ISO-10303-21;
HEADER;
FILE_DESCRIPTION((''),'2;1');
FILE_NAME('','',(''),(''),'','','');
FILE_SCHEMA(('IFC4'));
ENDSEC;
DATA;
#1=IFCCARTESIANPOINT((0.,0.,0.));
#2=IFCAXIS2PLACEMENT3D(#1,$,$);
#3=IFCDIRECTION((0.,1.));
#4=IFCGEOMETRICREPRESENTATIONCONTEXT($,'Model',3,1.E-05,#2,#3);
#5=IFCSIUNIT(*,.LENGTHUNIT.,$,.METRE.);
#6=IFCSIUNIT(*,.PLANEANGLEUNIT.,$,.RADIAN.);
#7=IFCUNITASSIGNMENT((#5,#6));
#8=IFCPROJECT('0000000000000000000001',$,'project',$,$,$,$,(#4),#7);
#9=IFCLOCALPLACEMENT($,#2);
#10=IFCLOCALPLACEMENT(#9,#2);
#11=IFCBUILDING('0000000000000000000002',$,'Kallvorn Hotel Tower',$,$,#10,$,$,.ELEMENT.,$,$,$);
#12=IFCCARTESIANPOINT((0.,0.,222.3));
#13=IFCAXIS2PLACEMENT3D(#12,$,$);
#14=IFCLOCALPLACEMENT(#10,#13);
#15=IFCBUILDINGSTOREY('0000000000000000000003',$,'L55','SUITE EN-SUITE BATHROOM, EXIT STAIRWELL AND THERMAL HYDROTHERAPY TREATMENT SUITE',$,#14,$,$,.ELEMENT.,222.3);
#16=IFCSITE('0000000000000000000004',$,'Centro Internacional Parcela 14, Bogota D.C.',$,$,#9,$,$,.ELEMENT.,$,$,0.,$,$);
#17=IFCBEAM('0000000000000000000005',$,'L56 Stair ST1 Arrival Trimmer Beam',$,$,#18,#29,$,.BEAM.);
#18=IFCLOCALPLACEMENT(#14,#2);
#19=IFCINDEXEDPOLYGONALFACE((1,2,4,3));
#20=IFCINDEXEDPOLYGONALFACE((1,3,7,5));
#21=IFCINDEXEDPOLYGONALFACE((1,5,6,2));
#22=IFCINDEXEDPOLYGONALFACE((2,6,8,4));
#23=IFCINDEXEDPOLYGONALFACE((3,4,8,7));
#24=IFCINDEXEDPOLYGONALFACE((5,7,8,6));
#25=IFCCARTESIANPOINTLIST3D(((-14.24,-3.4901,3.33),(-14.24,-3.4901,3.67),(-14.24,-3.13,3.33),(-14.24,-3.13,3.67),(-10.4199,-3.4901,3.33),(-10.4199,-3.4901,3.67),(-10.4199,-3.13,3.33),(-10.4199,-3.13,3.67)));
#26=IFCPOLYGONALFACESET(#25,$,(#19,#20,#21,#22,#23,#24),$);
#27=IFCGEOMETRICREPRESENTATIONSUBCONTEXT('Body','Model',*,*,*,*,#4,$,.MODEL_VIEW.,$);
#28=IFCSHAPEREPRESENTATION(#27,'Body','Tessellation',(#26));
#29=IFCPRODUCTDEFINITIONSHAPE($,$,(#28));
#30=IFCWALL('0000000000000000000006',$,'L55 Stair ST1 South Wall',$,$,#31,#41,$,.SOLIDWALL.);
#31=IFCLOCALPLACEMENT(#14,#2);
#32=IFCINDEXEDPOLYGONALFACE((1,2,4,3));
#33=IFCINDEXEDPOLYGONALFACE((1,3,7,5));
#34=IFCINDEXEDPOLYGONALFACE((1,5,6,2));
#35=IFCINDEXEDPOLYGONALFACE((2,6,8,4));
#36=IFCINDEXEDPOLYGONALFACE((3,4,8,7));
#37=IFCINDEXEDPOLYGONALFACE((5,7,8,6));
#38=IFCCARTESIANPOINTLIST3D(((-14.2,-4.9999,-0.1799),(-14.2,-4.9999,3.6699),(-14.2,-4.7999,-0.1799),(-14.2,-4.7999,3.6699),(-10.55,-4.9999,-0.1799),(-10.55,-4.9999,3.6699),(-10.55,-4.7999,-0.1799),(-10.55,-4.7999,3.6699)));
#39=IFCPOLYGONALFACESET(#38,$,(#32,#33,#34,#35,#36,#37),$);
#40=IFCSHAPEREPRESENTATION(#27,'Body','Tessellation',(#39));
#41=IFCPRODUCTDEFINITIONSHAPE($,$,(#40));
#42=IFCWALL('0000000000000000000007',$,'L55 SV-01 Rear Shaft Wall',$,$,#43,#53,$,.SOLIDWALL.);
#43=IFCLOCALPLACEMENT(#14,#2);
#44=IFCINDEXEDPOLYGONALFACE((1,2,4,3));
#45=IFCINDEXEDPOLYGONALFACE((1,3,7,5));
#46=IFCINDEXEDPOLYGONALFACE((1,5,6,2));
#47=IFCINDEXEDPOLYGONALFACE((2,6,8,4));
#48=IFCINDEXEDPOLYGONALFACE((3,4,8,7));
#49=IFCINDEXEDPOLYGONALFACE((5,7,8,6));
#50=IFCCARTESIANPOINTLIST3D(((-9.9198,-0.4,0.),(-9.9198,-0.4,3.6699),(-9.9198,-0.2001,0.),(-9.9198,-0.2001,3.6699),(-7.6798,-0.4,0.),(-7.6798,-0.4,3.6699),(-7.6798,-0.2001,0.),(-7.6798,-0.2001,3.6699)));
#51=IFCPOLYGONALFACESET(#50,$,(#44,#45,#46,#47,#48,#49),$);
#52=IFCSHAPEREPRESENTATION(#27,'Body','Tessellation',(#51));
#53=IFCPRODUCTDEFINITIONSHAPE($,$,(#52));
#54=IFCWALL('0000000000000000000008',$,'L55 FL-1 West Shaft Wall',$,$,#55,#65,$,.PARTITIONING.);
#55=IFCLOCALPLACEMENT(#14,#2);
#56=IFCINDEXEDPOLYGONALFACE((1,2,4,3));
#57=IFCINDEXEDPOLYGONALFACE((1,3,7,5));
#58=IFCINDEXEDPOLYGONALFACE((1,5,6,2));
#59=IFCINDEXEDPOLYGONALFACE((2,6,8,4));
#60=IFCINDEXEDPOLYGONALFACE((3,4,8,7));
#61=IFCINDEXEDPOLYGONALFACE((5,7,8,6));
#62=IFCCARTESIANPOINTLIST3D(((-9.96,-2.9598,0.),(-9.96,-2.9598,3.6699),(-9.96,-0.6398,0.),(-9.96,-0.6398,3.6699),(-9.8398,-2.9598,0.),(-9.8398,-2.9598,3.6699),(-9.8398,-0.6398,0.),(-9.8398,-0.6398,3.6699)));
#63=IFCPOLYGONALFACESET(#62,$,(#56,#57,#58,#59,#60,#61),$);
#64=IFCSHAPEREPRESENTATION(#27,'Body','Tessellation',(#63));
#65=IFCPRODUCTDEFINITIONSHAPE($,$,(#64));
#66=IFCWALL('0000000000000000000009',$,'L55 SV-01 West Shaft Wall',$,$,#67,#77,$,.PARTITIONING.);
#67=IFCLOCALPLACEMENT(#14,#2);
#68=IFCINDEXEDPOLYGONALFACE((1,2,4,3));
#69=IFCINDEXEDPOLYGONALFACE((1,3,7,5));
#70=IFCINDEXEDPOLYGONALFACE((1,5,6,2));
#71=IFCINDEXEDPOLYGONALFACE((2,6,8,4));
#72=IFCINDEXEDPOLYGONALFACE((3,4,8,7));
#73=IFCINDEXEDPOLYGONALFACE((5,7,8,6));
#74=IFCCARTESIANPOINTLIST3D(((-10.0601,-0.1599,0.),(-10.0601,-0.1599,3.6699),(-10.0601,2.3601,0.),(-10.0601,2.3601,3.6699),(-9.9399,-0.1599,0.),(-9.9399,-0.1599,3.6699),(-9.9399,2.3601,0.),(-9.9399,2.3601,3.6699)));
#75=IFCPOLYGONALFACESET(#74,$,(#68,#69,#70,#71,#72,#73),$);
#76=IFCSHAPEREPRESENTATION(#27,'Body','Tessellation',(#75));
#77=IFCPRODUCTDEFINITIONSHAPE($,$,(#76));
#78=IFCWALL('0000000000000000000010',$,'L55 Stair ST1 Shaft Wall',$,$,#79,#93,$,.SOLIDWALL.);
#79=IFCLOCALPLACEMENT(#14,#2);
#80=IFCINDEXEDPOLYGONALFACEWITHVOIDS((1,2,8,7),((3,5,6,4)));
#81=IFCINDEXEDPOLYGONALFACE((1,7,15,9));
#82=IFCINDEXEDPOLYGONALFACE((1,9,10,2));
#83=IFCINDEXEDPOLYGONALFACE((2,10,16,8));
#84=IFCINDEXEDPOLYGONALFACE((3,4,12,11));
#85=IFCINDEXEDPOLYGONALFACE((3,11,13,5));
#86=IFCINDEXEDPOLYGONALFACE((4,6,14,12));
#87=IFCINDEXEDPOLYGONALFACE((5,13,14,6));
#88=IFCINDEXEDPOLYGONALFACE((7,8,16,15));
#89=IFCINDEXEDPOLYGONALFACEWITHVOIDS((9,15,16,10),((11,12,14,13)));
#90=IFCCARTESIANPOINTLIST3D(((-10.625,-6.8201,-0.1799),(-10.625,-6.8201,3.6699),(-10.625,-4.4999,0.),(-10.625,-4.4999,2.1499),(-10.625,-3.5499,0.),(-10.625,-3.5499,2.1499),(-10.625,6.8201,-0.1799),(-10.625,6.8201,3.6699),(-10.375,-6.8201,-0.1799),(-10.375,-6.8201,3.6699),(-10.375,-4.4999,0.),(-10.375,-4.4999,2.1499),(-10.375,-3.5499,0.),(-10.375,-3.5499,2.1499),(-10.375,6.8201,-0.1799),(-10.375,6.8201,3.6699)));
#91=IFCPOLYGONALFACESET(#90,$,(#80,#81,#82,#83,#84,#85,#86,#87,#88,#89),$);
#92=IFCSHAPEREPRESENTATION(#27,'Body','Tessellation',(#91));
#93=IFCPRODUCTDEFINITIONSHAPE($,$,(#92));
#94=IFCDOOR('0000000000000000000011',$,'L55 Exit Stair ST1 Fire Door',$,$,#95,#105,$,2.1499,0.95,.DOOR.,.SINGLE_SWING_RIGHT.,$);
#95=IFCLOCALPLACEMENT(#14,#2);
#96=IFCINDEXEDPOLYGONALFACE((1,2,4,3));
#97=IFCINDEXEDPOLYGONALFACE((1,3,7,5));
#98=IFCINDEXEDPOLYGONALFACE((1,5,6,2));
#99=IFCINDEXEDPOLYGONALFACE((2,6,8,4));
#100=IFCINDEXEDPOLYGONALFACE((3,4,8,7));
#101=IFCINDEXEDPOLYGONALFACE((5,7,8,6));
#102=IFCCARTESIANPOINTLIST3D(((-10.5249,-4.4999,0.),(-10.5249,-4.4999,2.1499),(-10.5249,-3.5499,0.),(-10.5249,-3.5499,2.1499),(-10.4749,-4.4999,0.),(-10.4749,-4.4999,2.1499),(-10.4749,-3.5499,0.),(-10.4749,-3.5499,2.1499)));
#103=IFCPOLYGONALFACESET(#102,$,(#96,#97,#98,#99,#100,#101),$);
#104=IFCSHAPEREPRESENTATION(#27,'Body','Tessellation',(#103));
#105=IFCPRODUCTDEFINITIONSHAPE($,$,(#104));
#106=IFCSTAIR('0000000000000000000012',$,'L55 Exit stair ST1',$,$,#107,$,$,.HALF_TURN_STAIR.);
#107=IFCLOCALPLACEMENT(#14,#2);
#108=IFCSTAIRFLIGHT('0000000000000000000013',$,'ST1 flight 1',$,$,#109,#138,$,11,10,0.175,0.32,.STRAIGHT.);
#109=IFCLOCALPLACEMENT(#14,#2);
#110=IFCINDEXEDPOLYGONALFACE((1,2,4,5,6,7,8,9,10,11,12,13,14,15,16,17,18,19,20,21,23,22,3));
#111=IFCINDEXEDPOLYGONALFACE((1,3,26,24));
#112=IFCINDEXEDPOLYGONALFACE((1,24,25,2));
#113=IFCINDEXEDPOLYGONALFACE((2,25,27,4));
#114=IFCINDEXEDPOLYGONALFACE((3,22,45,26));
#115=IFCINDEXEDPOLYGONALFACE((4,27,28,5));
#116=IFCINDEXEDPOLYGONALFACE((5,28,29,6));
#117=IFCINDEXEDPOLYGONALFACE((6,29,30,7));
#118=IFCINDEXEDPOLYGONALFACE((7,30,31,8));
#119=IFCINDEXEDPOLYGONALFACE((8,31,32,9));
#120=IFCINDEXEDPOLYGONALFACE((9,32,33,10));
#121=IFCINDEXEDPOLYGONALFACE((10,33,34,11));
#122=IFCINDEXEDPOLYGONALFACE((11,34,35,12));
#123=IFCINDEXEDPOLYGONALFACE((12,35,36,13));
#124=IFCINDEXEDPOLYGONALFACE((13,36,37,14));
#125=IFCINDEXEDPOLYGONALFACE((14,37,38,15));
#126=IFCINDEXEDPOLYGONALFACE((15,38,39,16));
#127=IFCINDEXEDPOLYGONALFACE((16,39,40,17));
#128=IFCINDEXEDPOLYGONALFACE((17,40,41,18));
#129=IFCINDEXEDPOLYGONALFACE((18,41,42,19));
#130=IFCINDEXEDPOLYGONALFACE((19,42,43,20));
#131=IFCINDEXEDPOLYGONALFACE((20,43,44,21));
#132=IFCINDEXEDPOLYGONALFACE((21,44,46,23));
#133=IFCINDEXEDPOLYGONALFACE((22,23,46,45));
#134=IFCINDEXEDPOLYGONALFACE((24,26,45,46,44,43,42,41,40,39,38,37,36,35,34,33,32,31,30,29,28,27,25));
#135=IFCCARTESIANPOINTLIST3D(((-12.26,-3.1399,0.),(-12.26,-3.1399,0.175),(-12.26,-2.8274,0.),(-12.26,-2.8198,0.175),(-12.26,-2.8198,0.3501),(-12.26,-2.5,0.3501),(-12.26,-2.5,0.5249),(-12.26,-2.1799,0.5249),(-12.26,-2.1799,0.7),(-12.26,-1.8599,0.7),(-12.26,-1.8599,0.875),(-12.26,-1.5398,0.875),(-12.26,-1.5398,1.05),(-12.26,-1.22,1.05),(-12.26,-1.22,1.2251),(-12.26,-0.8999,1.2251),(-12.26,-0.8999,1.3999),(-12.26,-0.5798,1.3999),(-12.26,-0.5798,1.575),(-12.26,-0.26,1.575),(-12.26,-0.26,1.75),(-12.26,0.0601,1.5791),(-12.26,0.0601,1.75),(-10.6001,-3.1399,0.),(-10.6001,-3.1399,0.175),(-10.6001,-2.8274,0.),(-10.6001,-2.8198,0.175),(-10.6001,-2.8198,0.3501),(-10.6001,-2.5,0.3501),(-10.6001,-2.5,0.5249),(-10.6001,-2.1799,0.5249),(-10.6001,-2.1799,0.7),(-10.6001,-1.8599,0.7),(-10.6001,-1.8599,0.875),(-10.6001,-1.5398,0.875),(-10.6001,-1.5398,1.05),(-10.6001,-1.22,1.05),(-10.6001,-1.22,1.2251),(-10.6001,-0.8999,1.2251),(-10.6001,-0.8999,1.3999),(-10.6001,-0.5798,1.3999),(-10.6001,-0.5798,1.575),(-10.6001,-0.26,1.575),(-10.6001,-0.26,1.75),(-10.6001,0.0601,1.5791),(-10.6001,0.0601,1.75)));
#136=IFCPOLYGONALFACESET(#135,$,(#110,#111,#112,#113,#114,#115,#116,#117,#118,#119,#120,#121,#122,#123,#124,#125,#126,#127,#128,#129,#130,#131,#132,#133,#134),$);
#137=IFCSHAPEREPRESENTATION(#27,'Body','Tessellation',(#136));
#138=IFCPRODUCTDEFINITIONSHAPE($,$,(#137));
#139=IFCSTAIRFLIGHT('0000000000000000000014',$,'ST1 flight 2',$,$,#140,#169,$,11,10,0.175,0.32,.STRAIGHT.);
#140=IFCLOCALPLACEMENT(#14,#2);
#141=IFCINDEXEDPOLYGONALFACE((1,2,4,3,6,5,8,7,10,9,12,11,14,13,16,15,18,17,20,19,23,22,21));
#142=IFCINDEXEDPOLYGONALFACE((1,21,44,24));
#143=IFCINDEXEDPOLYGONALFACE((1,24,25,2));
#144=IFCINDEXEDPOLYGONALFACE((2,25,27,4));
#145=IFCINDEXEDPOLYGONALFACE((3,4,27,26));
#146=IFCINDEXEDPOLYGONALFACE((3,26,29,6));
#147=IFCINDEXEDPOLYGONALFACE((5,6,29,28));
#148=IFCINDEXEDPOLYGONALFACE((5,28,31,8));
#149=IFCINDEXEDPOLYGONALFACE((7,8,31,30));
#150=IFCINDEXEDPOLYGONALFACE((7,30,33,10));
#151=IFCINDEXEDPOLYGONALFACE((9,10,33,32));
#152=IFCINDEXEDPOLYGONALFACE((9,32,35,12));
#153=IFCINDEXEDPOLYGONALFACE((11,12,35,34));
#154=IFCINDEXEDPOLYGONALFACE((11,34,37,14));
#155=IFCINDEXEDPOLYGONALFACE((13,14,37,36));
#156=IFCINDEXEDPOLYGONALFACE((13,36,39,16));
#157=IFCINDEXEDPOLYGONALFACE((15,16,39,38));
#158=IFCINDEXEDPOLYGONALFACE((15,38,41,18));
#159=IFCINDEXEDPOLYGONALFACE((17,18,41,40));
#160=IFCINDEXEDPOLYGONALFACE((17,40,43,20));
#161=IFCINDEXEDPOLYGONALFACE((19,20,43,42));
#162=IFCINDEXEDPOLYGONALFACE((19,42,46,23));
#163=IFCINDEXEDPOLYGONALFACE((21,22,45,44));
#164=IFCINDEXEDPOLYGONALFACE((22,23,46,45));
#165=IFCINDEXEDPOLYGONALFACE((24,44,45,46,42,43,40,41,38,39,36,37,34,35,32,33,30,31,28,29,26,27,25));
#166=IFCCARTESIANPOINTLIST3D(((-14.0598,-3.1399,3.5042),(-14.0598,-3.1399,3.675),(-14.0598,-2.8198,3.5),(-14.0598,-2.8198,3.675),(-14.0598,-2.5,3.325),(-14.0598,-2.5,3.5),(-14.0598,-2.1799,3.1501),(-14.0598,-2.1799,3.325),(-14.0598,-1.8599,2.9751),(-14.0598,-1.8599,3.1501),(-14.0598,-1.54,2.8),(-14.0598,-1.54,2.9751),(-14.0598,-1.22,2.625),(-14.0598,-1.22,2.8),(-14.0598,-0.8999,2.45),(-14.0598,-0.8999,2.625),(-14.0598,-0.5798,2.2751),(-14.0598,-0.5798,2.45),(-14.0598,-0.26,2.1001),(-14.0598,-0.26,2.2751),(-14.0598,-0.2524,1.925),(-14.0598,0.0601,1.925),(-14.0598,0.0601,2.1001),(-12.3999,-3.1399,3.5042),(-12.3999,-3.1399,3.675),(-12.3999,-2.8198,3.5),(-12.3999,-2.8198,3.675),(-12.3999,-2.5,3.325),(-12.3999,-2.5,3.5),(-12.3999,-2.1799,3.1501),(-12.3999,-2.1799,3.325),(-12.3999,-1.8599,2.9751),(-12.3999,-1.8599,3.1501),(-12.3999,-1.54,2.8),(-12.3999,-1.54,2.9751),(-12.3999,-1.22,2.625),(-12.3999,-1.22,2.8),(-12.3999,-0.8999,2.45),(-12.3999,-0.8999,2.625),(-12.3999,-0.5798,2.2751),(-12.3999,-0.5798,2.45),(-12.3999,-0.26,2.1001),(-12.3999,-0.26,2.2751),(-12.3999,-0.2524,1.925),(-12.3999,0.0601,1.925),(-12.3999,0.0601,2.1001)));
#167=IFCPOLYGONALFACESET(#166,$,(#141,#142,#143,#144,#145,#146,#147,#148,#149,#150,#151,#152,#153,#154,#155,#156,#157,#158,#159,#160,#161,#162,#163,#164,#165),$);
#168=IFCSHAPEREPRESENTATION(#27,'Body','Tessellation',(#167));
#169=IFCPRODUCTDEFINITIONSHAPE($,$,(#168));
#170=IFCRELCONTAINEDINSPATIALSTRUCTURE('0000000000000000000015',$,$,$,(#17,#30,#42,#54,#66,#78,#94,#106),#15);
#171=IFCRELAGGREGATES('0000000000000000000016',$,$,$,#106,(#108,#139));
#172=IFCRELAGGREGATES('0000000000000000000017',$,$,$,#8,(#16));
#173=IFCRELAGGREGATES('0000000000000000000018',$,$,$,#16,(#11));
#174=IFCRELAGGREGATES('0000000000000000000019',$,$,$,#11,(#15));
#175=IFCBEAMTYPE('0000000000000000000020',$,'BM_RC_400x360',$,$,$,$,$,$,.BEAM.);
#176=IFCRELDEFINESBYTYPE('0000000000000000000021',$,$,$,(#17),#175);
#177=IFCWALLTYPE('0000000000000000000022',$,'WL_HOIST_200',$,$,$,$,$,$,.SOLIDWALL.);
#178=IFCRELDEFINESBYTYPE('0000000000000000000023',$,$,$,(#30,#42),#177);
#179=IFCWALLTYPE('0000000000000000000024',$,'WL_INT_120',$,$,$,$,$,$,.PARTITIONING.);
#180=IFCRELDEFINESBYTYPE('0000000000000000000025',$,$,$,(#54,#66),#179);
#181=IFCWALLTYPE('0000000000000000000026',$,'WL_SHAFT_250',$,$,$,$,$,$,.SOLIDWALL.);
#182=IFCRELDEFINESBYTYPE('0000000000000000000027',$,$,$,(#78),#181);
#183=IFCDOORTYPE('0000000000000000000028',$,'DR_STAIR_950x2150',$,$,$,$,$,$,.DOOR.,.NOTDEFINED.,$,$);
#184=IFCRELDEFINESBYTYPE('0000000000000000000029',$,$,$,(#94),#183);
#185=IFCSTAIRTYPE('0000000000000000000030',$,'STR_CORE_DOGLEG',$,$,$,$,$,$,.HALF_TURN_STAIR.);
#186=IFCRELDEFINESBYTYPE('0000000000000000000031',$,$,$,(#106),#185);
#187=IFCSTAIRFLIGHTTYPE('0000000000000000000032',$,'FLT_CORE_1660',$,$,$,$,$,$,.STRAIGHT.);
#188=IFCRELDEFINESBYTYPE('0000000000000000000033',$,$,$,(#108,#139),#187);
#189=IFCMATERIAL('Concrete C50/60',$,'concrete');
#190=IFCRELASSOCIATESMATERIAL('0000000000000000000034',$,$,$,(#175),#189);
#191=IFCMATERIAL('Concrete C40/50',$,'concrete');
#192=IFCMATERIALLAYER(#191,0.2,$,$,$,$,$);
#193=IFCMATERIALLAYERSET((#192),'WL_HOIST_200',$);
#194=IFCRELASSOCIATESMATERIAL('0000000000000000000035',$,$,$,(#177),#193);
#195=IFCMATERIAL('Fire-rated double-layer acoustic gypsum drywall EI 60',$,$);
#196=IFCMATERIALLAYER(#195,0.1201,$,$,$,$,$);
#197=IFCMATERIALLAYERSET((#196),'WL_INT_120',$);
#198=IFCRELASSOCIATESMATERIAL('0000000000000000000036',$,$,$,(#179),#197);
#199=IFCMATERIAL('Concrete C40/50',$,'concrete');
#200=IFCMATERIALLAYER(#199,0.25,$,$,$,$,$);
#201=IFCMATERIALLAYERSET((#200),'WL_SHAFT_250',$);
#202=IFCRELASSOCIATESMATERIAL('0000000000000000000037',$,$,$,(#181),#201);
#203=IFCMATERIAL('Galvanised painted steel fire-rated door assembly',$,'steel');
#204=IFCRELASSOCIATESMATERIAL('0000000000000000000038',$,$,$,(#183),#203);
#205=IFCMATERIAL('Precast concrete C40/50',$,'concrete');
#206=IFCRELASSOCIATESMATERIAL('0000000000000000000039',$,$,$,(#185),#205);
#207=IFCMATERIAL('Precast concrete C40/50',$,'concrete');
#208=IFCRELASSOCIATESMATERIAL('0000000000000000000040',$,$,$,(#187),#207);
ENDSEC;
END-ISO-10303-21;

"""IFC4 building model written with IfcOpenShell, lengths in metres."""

from ifc_helpers import new_model, si_unit, direction, frame, frame_2d, origin, origin_2d, place, context, subcontext, project, spatial, polyline, rectangle, outline, extrude, material, layer, layer_set, material_profile, profile_set, type_object, element, fill, aggregate, save


model = new_model("IFC4")

# Units and contexts
model_context = context("Model", 3, precision=1e-05, world=origin(), true_north=direction((0.0, 1.0)))
body_context = subcontext(model_context, "Body", "Model", "MODEL_VIEW")
ifc_project = project(units=[si_unit("LENGTHUNIT", "METRE"), si_unit("PLANEANGLEUNIT", "RADIAN")], contexts=[model_context])

# Site, building, storey
site_placement = place(None, origin())
site = spatial("IfcSite", under=ifc_project, at=site_placement, Name="Centro Internacional Parcela 14, Bogota D.C.", CompositionType="ELEMENT", RefElevation=0.0)
building_placement = place(site_placement, origin())
building = spatial("IfcBuilding", under=site, at=building_placement, Name="Kallvorn Hotel Tower", CompositionType="ELEMENT")
storey_placement = place(building_placement, frame((0.0, 0.0, 222.3)))
storey = spatial("IfcBuildingStorey", under=building, at=storey_placement, Name="L55", Description="SUITE EN-SUITE BATHROOM, EXIT STAIRWELL AND THERMAL HYDROTHERAPY TREATMENT SUITE", CompositionType="ELEMENT", Elevation=222.3)

# Beam
ifc_material_1 = material(Name="Concrete C50/60", Category="concrete")
ifc_material_profile = material_profile(ifc_material_1, rectangle(XDim=0.3601, YDim=0.3401, at=origin_2d()), Name="RC 360x340")
ifc_profile_set = profile_set([ifc_material_profile], Name="Concrete C50/60")
beam_type = type_object("IfcBeamType", Name="BM_RC_400x360", PredefinedType="BEAM", material=ifc_profile_set)
beam_placement = place(storey_placement, frame((-10.4199, -3.3101, 3.5), z_axis=(-1.0, 0.0, 0.0), x_axis=(0.0, -1.0, 0.0)))
element("IfcBeam", 1, at=beam_placement, inside=storey, type_object=beam_type, Name="L56 Stair ST1 Arrival Trimmer Beam", PredefinedType="BEAM", context=body_context, shape_type="SweptSolid", body=[
    extrude(rectangle(XDim=0.3601, YDim=0.3401, at=origin_2d()), origin(), (0.0, 0.0, 1.0), 3.8201),
])

# Walls
ifc_material_2 = material(Name="Concrete C40/50", Category="concrete")
ifc_layer_1 = layer(ifc_material_2, 0.2)
ifc_layer_set_1 = layer_set([ifc_layer_1], Name="WL_HOIST_200")
wall_type_1 = type_object("IfcWallType", Name="WL_HOIST_200", PredefinedType="SOLIDWALL", material=ifc_layer_set_1)
wall_1_placement = place(storey_placement, frame((-14.2, -4.8999, -0.1799), z_axis=(0.0, 0.0, 1.0), x_axis=(1.0, 0.0, 0.0)))
element("IfcWall", 2, at=wall_1_placement, inside=storey, type_object=wall_type_1, Name="L55 Stair ST1 South Wall", PredefinedType="SOLIDWALL", context=body_context, shape_type="SweptSolid", body=[
    extrude(rectangle(XDim=3.6499, YDim=0.2, at=frame_2d((1.825, 0.0))), origin(), (0.0, 0.0, 1.0), 3.8499),
])
wall_2_placement = place(storey_placement, frame((-9.9199, -0.3, 0.0), z_axis=(0.0, 0.0, 1.0), x_axis=(1.0, 0.0, 0.0)))
element("IfcWall", 3, at=wall_2_placement, inside=storey, type_object=wall_type_1, Name="L55 SV-01 Rear Shaft Wall", PredefinedType="SOLIDWALL", context=body_context, shape_type="SweptSolid", body=[
    extrude(rectangle(XDim=2.24, YDim=0.2, at=frame_2d((1.1201, 0.0))), origin(), (0.0, 0.0, 1.0), 3.6699),
])
ifc_material_3 = material(Name="Fire-rated double-layer acoustic gypsum drywall EI 60")
ifc_layer_2 = layer(ifc_material_3, 0.1201)
ifc_layer_set_2 = layer_set([ifc_layer_2], Name="WL_INT_120")
wall_type_2 = type_object("IfcWallType", Name="WL_INT_120", PredefinedType="PARTITIONING", material=ifc_layer_set_2)
wall_3_placement = place(storey_placement, frame((-9.8999, -2.96, 0.0), z_axis=(0.0, 0.0, 1.0), x_axis=(0.0, 1.0, 0.0)))
element("IfcWall", 4, at=wall_3_placement, inside=storey, type_object=wall_type_2, Name="L55 FL-1 West Shaft Wall", PredefinedType="PARTITIONING", context=body_context, shape_type="SweptSolid", body=[
    extrude(rectangle(XDim=2.3201, YDim=0.1201, at=frame_2d((1.1602, 0.0))), origin(), (0.0, 0.0, 1.0), 3.6699),
])
wall_4_placement = place(storey_placement, frame((-10.0, -0.1599, 0.0), z_axis=(0.0, 0.0, 1.0), x_axis=(0.0, 1.0, 0.0)))
element("IfcWall", 5, at=wall_4_placement, inside=storey, type_object=wall_type_2, Name="L55 SV-01 West Shaft Wall", PredefinedType="PARTITIONING", context=body_context, shape_type="SweptSolid", body=[
    extrude(rectangle(XDim=2.52, YDim=0.1201, at=frame_2d((1.26, 0.0))), origin(), (0.0, 0.0, 1.0), 3.6699),
])

# Wall, opening, door
ifc_material_4 = material(Name="Concrete C40/50", Category="concrete")
ifc_layer_3 = layer(ifc_material_4, 0.25)
ifc_layer_set_3 = layer_set([ifc_layer_3], Name="WL_SHAFT_250")
wall_type_3 = type_object("IfcWallType", Name="WL_SHAFT_250", PredefinedType="SOLIDWALL", material=ifc_layer_set_3)
wall_5_placement = place(storey_placement, frame((-10.5, -6.8201, -0.1799), z_axis=(0.0, 0.0, 1.0), x_axis=(0.0, 1.0, 0.0)))
wall_5 = element("IfcWall", 6, at=wall_5_placement, inside=storey, type_object=wall_type_3, Name="L55 Stair ST1 Shaft Wall", PredefinedType="SOLIDWALL", context=body_context, shape_type="SweptSolid", body=[
    extrude(rectangle(XDim=13.6401, YDim=0.25, at=frame_2d((6.8201, 0.0))), origin(), (0.0, 0.0, 1.0), 3.8499),
])
opening_1_placement = place(wall_5_placement, frame((2.3201, 0.0, 0.1799)))
opening_1 = element("IfcOpeningElement", 7, at=opening_1_placement, cuts=wall_5, PredefinedType="OPENING", context=body_context, shape_type="SweptSolid", body=[
    extrude(rectangle(XDim=0.95, YDim=2.1499, at=frame_2d((0.4751, 1.075))), frame((0.0, 0.1399, 0.0), z_axis=(0.0, -1.0, 0.0), x_axis=(1.0, 0.0, 0.0)), (0.0, 0.0, 1.0), 0.28),
])
ifc_material_5 = material(Name="Galvanised painted steel fire-rated door assembly", Category="steel")
door_type_1 = type_object("IfcDoorType", Name="DR_STAIR_950x2150", OperationType="NOTDEFINED", PredefinedType="DOOR", material=ifc_material_5)
door_1_placement = place(opening_1_placement, origin())
door_1 = element("IfcDoor", 8, at=door_1_placement, inside=storey, type_object=door_type_1, Name="L55 Exit Stair ST1 Fire Door", OperationType="SINGLE_SWING_RIGHT", OverallHeight=2.1499, OverallWidth=0.95, PredefinedType="DOOR", context=body_context, shape_type="SweptSolid", body=[
    extrude(rectangle(XDim=0.95, YDim=2.1499, at=frame_2d((0.4751, 1.075))), frame((0.0, 0.0249, 0.0), z_axis=(0.0, -1.0, 0.0), x_axis=(1.0, 0.0, 0.0)), (0.0, 0.0, 1.0), 0.05),
])
fill(opening_1, door_1)

# Stair, stair flights
ifc_material_6 = material(Name="Precast concrete C40/50", Category="concrete")
stair_type = type_object("IfcStairType", Name="STR_CORE_DOGLEG", PredefinedType="HALF_TURN_STAIR", material=ifc_material_6)
stair_placement = place(storey_placement, origin())
stair = element("IfcStair", 9, at=stair_placement, inside=storey, type_object=stair_type, Name="L55 Exit stair ST1", PredefinedType="HALF_TURN_STAIR")
ifc_material_7 = material(Name="Precast concrete C40/50", Category="concrete")
stair_flight_type = type_object("IfcStairFlightType", Name="FLT_CORE_1660", PredefinedType="STRAIGHT", material=ifc_material_7)
stair_flight_1_placement = place(storey_placement, frame((-11.4299, -3.1399, 0.0), z_axis=(0.0, 0.0, 1.0), x_axis=(0.0, 1.0, 0.0)))
stair_flight_1 = element("IfcStairFlight", 10, at=stair_flight_1_placement, type_object=stair_flight_type, Name="ST1 flight 1", NumberOfRisers=11, NumberOfTreads=10, PredefinedType="STRAIGHT", RiserHeight=0.175, TreadLength=0.32, context=body_context, shape_type="SweptSolid", body=[
    extrude(outline(polyline([(0.0, 0.0), (0.0, 0.175), (0.3201, 0.175), (0.3201, 0.3501), (0.6399, 0.3501), (0.6399, 0.5249), (0.96, 0.5249), (0.96, 0.7), (1.28, 0.7), (1.28, 0.875), (1.6001, 0.875), (1.6001, 1.05), (1.9199, 1.05), (1.9199, 1.2251), (2.24, 1.2251), (2.24, 1.3999), (2.5601, 1.3999), (2.5601, 1.575), (2.8799, 1.575), (2.8799, 1.75), (3.2, 1.75), (3.2, 1.925), (3.2, 1.5791), (0.3125, 0.0), (0.0, 0.0)])), frame((0.0, 0.8301, 0.0), z_axis=(0.0, -1.0, 0.0), x_axis=(1.0, 0.0, 0.0)), (0.0, 0.0, 1.0), 1.6599),
])
stair_flight_2_placement = place(storey_placement, frame((-13.23, 0.0601, 1.925), z_axis=(0.0, 0.0, 1.0), x_axis=(0.0, -1.0, 0.0)))
stair_flight_2 = element("IfcStairFlight", 11, at=stair_flight_2_placement, type_object=stair_flight_type, Name="ST1 flight 2", NumberOfRisers=11, NumberOfTreads=10, PredefinedType="STRAIGHT", RiserHeight=0.175, TreadLength=0.32, context=body_context, shape_type="SweptSolid", body=[
    extrude(outline(polyline([(0.0, 0.0), (0.0, 0.175), (0.3201, 0.175), (0.3201, 0.3501), (0.6399, 0.3501), (0.6399, 0.5249), (0.96, 0.5249), (0.96, 0.7), (1.28, 0.7), (1.28, 0.875), (1.6001, 0.875), (1.6001, 1.05), (1.9199, 1.05), (1.9199, 1.2251), (2.24, 1.2251), (2.24, 1.3999), (2.5601, 1.3999), (2.5601, 1.575), (2.8799, 1.575), (2.8799, 1.75), (3.2, 1.75), (3.2, 1.925), (3.2, 1.5791), (0.3125, 0.0), (0.0, 0.0)])), frame((0.0, 0.8301, 0.0), z_axis=(0.0, -1.0, 0.0), x_axis=(1.0, 0.0, 0.0)), (0.0, 0.0, 1.0), 1.6599),
])
aggregate(stair, [stair_flight_1, stair_flight_2])

save(model, "model.ifc")
